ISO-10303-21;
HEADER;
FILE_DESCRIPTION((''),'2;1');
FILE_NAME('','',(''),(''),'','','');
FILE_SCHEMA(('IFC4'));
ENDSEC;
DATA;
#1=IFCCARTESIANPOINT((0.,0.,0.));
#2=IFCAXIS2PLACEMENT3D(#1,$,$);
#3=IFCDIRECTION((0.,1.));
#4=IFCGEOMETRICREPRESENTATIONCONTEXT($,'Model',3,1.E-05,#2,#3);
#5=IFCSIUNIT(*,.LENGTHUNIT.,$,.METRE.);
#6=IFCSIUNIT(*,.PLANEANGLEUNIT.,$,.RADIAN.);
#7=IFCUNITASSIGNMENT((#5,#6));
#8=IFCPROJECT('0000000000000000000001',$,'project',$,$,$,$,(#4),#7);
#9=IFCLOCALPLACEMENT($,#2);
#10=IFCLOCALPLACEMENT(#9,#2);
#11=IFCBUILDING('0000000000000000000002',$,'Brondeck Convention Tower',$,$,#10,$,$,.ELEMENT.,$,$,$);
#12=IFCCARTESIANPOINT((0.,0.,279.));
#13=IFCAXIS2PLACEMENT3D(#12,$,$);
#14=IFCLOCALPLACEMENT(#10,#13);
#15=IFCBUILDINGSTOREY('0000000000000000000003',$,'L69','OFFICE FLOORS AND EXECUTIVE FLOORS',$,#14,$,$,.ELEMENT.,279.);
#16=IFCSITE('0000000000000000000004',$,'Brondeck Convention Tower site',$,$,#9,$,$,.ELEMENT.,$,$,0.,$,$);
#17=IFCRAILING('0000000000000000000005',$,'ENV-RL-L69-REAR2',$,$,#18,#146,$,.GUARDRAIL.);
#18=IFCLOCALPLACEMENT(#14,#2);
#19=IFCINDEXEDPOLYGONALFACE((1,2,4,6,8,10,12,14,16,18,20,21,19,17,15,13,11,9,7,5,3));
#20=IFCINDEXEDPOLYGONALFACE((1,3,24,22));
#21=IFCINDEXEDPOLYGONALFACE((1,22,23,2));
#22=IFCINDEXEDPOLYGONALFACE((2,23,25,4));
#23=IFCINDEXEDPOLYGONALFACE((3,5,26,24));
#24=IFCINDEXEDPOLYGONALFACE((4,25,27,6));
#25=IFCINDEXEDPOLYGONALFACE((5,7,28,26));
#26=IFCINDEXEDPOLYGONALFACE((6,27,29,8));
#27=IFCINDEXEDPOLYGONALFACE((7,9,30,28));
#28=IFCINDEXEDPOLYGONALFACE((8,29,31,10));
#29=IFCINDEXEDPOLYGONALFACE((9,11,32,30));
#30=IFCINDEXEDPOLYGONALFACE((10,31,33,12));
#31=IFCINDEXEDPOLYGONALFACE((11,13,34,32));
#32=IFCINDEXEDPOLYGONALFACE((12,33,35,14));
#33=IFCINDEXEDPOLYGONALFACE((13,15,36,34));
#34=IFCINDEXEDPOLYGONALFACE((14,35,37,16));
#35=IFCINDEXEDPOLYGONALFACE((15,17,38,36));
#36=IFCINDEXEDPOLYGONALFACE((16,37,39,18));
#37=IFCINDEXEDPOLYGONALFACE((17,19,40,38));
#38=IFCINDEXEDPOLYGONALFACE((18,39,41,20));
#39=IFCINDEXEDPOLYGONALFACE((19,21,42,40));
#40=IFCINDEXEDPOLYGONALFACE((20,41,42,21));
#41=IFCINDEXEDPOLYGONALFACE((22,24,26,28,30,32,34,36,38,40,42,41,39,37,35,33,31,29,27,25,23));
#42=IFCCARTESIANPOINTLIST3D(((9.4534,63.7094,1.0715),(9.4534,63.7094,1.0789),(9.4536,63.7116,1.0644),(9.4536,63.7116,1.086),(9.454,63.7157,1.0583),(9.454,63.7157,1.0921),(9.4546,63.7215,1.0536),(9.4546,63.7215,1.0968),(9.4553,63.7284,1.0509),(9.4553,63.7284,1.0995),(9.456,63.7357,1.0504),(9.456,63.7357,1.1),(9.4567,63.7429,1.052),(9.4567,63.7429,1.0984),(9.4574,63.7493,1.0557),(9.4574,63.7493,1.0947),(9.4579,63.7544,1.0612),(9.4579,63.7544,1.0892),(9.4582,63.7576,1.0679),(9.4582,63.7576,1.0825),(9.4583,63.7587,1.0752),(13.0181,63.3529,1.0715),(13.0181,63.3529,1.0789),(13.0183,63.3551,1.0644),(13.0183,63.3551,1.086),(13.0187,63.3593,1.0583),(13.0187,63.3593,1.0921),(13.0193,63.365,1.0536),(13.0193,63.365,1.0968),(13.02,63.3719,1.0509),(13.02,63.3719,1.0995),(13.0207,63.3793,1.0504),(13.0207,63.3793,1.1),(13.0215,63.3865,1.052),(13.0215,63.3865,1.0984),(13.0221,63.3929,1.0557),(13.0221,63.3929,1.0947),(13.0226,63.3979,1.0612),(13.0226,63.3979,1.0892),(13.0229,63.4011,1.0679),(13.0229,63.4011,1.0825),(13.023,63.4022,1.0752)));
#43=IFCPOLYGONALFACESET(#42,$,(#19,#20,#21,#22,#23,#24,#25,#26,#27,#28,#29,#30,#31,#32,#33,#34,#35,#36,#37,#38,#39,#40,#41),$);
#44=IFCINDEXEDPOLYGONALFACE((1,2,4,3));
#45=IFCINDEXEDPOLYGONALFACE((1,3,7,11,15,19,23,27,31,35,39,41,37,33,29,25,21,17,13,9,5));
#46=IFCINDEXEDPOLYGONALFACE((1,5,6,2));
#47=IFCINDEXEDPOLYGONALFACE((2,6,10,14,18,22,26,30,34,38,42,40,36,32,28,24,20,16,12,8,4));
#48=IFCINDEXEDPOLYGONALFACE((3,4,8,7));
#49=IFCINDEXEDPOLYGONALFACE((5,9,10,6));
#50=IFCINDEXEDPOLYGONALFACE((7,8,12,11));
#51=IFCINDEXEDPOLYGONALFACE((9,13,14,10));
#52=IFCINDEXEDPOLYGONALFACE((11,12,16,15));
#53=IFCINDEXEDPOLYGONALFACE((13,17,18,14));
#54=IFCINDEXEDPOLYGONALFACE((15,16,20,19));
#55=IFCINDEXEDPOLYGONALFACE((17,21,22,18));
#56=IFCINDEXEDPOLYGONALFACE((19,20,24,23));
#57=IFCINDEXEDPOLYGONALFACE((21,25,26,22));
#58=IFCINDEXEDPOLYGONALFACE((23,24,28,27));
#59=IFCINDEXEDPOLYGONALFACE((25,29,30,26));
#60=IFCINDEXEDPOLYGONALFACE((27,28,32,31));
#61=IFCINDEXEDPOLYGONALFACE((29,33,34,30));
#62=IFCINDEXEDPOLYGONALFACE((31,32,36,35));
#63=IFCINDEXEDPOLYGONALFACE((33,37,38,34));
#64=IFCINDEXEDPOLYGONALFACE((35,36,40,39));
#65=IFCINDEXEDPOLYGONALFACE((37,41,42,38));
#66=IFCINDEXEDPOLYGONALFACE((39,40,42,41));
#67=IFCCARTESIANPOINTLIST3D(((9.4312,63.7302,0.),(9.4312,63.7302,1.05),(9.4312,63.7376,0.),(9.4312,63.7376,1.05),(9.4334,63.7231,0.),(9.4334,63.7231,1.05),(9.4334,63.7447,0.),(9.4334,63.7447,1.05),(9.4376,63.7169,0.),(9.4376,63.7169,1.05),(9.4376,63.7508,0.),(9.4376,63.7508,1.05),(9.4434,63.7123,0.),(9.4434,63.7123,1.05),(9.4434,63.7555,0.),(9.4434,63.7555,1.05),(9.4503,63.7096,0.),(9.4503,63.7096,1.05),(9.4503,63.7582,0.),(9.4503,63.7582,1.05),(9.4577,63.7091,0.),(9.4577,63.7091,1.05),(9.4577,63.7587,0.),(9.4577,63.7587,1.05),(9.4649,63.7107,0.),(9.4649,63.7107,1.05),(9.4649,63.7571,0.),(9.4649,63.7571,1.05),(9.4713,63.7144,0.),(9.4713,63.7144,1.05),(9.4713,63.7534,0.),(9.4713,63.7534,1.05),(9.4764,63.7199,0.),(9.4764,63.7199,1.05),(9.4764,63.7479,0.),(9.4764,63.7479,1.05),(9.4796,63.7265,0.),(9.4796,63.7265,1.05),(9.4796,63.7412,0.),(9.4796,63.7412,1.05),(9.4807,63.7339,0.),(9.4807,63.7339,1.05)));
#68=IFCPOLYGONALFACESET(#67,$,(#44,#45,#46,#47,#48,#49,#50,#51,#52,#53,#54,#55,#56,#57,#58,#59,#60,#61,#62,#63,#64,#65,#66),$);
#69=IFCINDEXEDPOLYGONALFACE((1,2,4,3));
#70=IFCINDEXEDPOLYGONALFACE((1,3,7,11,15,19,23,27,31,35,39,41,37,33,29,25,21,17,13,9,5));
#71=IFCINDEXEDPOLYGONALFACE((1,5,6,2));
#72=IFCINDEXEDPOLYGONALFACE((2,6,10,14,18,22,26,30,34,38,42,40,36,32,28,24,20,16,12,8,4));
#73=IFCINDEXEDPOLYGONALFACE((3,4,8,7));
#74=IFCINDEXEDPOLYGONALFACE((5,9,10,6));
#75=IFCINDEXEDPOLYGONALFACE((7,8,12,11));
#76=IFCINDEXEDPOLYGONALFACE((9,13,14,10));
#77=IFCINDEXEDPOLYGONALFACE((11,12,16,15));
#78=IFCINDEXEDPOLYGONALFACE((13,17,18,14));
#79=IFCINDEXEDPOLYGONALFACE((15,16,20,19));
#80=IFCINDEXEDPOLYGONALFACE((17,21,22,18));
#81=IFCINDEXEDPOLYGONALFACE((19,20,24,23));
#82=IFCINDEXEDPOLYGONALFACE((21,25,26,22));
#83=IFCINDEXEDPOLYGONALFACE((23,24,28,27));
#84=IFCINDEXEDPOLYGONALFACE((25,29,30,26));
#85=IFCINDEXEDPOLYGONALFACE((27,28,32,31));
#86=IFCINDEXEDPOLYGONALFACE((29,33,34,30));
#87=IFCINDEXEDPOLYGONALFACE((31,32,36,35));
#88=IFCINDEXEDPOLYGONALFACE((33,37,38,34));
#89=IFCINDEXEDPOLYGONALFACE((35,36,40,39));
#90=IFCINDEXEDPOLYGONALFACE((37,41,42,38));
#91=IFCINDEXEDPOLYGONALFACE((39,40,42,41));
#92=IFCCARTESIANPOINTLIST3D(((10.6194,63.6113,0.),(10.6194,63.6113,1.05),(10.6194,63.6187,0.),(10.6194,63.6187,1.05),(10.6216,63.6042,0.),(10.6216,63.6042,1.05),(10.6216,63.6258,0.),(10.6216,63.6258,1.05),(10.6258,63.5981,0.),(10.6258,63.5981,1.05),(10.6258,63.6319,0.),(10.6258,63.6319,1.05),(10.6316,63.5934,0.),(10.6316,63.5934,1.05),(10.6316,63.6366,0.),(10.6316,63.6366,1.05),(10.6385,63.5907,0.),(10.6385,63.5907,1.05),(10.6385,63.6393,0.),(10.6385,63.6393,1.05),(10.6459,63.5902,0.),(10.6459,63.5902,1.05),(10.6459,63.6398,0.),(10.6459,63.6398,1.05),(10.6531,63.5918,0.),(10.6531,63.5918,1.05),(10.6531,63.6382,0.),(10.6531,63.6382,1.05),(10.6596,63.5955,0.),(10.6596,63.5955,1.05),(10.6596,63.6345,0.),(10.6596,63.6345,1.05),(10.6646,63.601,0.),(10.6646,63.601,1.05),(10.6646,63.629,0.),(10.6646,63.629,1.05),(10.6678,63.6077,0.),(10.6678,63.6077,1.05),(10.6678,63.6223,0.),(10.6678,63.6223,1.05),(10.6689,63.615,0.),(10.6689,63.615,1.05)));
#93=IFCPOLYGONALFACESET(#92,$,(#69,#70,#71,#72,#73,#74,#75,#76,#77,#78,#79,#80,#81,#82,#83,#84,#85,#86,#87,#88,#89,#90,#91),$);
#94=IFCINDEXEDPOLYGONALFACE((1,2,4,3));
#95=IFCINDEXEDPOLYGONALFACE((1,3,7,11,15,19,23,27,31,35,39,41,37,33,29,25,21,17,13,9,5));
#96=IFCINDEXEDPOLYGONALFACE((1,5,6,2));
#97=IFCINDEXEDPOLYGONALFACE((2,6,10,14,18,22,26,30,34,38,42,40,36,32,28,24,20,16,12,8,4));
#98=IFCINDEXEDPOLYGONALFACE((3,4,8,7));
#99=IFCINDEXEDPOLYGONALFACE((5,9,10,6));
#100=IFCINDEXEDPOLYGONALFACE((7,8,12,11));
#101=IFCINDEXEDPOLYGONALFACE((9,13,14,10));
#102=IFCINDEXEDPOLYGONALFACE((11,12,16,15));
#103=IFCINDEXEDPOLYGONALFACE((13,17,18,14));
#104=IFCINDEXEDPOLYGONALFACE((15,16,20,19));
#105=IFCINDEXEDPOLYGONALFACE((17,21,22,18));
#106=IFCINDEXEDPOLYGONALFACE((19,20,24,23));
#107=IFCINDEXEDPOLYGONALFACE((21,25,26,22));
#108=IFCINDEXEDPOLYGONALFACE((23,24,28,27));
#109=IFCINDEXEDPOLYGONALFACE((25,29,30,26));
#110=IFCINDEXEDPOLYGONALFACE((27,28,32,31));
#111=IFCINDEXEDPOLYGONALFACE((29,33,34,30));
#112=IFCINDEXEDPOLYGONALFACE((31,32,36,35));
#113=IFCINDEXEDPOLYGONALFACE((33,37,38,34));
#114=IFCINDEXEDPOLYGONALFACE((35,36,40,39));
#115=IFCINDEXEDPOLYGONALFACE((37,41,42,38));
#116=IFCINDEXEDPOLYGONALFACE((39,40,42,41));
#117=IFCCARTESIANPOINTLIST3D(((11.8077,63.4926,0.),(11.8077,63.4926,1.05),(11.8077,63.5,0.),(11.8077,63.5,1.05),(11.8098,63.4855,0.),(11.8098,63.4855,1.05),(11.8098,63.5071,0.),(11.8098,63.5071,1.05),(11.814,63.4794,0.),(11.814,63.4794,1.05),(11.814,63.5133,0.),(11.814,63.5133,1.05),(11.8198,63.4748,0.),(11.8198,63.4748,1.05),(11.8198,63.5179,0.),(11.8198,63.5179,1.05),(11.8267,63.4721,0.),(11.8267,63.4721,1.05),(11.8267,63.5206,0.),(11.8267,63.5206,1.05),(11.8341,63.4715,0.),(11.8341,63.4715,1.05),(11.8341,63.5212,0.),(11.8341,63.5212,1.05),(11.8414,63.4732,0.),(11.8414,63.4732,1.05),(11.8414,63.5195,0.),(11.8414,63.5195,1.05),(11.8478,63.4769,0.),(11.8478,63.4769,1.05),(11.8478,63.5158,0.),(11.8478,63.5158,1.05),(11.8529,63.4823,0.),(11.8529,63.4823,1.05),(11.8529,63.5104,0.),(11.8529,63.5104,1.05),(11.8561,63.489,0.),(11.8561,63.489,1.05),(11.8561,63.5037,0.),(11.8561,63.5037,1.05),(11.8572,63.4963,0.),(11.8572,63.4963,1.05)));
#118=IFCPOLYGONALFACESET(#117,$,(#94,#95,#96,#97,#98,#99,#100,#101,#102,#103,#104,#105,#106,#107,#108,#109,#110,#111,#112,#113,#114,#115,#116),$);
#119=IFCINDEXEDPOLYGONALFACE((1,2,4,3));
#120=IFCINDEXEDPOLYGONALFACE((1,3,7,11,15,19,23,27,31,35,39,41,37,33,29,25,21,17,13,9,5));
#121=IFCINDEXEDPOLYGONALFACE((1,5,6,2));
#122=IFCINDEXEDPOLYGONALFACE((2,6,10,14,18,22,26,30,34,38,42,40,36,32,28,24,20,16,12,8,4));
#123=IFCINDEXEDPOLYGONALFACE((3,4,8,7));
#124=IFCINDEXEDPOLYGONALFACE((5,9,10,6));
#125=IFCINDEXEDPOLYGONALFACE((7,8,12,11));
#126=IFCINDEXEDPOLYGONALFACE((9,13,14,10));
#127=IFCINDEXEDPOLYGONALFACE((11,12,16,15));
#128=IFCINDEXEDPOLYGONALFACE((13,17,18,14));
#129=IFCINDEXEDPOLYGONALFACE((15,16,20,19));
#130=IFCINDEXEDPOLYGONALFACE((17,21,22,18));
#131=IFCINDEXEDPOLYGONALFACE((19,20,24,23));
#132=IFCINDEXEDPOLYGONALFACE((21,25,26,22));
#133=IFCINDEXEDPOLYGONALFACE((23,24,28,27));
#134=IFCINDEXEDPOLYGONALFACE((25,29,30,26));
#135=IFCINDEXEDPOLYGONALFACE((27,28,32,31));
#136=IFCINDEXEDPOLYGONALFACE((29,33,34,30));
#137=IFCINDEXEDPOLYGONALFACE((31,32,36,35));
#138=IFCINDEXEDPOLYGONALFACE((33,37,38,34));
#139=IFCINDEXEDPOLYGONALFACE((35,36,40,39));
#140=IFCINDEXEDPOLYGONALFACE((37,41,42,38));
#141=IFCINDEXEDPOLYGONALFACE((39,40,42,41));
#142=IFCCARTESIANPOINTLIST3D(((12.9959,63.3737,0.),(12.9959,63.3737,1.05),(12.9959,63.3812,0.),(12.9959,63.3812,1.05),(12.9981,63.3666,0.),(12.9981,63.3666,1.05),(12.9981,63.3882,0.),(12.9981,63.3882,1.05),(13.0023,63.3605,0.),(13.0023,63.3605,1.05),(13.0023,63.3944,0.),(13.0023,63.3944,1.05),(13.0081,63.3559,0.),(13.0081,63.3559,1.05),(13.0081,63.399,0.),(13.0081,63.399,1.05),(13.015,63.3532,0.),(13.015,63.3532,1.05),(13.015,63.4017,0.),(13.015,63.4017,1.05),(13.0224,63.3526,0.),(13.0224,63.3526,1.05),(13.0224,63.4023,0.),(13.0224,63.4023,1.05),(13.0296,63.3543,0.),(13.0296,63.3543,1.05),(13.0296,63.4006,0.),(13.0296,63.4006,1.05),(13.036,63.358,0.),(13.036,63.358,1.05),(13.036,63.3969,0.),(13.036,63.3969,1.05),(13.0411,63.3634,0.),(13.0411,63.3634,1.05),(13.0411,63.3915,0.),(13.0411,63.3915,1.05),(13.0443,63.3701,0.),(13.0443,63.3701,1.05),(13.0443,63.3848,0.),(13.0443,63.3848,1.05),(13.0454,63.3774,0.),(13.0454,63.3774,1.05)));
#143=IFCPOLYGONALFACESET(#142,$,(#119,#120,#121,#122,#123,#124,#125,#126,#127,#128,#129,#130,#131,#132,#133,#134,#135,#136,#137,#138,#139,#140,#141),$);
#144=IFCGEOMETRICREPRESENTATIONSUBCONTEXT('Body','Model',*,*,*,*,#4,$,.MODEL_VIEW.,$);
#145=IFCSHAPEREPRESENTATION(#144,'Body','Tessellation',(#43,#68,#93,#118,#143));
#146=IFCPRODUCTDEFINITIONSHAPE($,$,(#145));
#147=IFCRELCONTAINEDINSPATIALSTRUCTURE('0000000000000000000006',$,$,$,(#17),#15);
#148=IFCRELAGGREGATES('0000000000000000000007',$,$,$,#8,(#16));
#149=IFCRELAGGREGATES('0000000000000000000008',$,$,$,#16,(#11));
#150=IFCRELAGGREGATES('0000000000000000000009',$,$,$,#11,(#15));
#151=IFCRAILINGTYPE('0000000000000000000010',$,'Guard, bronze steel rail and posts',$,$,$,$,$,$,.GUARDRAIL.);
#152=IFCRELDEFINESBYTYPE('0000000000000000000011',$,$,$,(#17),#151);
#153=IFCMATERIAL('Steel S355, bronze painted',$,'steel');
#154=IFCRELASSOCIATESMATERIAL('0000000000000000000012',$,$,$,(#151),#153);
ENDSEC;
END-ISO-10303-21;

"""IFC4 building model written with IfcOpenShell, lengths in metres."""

from ifc_helpers import new_model, si_unit, direction, frame, origin, origin_2d, place, context, subcontext, project, spatial, circle, extrude, material, type_object, element, save


model = new_model("IFC4")

# Units and contexts
model_context = context("Model", 3, precision=1e-05, world=origin(), true_north=direction((0.0, 1.0)))
body_context = subcontext(model_context, "Body", "Model", "MODEL_VIEW")
ifc_project = project(units=[si_unit("LENGTHUNIT", "METRE"), si_unit("PLANEANGLEUNIT", "RADIAN")], contexts=[model_context])

# Site, building, storey
site_placement = place(None, origin())
site = spatial("IfcSite", under=ifc_project, at=site_placement, Name="Brondeck Convention Tower site", CompositionType="ELEMENT", RefElevation=0.0)
building_placement = place(site_placement, origin())
building = spatial("IfcBuilding", under=site, at=building_placement, Name="Brondeck Convention Tower", CompositionType="ELEMENT")
storey_placement = place(building_placement, frame((0.0, 0.0, 279.0)))
storey = spatial("IfcBuildingStorey", under=building, at=storey_placement, Name="L69", Description="OFFICE FLOORS AND EXECUTIVE FLOORS", CompositionType="ELEMENT", Elevation=279.0)

# Railing
ifc_material_1 = material(Name="Steel S355, bronze painted", Category="steel")
railing_type_1 = type_object("IfcRailingType", Name="Guard, bronze steel rail and posts", PredefinedType="GUARDRAIL", material=ifc_material_1)
railing_1_placement = place(storey_placement, frame((9.4558, 63.7339, 0.0)))
element("IfcRailing", 1, at=railing_1_placement, inside=storey, type_object=railing_type_1, Name="ENV-RL-L69-REAR2", PredefinedType="GUARDRAIL", context=body_context, shape_type="SweptSolid", body=[
    extrude(circle(Radius=0.0249, at=origin_2d()), frame((0.0, 0.0, 1.0752), z_axis=(0.995038, -0.099497, 0.0), x_axis=(0.099497, 0.995038, 0.0)), (0.0, 0.0, 1.0), 3.5825),
    extrude(circle(Radius=0.0249, at=origin_2d()), origin(), (0.0, 0.0, 1.0), 1.05),
    extrude(circle(Radius=0.0249, at=origin_2d()), frame((1.1882, -0.1189, 0.0)), (0.0, 0.0, 1.0), 1.05),
    extrude(circle(Radius=0.0249, at=origin_2d()), frame((2.3765, -0.2375, 0.0)), (0.0, 0.0, 1.0), 1.05),
    extrude(circle(Radius=0.0249, at=origin_2d()), frame((3.5647, -0.3564, 0.0)), (0.0, 0.0, 1.0), 1.05),
])

save(model, "model.ifc")
